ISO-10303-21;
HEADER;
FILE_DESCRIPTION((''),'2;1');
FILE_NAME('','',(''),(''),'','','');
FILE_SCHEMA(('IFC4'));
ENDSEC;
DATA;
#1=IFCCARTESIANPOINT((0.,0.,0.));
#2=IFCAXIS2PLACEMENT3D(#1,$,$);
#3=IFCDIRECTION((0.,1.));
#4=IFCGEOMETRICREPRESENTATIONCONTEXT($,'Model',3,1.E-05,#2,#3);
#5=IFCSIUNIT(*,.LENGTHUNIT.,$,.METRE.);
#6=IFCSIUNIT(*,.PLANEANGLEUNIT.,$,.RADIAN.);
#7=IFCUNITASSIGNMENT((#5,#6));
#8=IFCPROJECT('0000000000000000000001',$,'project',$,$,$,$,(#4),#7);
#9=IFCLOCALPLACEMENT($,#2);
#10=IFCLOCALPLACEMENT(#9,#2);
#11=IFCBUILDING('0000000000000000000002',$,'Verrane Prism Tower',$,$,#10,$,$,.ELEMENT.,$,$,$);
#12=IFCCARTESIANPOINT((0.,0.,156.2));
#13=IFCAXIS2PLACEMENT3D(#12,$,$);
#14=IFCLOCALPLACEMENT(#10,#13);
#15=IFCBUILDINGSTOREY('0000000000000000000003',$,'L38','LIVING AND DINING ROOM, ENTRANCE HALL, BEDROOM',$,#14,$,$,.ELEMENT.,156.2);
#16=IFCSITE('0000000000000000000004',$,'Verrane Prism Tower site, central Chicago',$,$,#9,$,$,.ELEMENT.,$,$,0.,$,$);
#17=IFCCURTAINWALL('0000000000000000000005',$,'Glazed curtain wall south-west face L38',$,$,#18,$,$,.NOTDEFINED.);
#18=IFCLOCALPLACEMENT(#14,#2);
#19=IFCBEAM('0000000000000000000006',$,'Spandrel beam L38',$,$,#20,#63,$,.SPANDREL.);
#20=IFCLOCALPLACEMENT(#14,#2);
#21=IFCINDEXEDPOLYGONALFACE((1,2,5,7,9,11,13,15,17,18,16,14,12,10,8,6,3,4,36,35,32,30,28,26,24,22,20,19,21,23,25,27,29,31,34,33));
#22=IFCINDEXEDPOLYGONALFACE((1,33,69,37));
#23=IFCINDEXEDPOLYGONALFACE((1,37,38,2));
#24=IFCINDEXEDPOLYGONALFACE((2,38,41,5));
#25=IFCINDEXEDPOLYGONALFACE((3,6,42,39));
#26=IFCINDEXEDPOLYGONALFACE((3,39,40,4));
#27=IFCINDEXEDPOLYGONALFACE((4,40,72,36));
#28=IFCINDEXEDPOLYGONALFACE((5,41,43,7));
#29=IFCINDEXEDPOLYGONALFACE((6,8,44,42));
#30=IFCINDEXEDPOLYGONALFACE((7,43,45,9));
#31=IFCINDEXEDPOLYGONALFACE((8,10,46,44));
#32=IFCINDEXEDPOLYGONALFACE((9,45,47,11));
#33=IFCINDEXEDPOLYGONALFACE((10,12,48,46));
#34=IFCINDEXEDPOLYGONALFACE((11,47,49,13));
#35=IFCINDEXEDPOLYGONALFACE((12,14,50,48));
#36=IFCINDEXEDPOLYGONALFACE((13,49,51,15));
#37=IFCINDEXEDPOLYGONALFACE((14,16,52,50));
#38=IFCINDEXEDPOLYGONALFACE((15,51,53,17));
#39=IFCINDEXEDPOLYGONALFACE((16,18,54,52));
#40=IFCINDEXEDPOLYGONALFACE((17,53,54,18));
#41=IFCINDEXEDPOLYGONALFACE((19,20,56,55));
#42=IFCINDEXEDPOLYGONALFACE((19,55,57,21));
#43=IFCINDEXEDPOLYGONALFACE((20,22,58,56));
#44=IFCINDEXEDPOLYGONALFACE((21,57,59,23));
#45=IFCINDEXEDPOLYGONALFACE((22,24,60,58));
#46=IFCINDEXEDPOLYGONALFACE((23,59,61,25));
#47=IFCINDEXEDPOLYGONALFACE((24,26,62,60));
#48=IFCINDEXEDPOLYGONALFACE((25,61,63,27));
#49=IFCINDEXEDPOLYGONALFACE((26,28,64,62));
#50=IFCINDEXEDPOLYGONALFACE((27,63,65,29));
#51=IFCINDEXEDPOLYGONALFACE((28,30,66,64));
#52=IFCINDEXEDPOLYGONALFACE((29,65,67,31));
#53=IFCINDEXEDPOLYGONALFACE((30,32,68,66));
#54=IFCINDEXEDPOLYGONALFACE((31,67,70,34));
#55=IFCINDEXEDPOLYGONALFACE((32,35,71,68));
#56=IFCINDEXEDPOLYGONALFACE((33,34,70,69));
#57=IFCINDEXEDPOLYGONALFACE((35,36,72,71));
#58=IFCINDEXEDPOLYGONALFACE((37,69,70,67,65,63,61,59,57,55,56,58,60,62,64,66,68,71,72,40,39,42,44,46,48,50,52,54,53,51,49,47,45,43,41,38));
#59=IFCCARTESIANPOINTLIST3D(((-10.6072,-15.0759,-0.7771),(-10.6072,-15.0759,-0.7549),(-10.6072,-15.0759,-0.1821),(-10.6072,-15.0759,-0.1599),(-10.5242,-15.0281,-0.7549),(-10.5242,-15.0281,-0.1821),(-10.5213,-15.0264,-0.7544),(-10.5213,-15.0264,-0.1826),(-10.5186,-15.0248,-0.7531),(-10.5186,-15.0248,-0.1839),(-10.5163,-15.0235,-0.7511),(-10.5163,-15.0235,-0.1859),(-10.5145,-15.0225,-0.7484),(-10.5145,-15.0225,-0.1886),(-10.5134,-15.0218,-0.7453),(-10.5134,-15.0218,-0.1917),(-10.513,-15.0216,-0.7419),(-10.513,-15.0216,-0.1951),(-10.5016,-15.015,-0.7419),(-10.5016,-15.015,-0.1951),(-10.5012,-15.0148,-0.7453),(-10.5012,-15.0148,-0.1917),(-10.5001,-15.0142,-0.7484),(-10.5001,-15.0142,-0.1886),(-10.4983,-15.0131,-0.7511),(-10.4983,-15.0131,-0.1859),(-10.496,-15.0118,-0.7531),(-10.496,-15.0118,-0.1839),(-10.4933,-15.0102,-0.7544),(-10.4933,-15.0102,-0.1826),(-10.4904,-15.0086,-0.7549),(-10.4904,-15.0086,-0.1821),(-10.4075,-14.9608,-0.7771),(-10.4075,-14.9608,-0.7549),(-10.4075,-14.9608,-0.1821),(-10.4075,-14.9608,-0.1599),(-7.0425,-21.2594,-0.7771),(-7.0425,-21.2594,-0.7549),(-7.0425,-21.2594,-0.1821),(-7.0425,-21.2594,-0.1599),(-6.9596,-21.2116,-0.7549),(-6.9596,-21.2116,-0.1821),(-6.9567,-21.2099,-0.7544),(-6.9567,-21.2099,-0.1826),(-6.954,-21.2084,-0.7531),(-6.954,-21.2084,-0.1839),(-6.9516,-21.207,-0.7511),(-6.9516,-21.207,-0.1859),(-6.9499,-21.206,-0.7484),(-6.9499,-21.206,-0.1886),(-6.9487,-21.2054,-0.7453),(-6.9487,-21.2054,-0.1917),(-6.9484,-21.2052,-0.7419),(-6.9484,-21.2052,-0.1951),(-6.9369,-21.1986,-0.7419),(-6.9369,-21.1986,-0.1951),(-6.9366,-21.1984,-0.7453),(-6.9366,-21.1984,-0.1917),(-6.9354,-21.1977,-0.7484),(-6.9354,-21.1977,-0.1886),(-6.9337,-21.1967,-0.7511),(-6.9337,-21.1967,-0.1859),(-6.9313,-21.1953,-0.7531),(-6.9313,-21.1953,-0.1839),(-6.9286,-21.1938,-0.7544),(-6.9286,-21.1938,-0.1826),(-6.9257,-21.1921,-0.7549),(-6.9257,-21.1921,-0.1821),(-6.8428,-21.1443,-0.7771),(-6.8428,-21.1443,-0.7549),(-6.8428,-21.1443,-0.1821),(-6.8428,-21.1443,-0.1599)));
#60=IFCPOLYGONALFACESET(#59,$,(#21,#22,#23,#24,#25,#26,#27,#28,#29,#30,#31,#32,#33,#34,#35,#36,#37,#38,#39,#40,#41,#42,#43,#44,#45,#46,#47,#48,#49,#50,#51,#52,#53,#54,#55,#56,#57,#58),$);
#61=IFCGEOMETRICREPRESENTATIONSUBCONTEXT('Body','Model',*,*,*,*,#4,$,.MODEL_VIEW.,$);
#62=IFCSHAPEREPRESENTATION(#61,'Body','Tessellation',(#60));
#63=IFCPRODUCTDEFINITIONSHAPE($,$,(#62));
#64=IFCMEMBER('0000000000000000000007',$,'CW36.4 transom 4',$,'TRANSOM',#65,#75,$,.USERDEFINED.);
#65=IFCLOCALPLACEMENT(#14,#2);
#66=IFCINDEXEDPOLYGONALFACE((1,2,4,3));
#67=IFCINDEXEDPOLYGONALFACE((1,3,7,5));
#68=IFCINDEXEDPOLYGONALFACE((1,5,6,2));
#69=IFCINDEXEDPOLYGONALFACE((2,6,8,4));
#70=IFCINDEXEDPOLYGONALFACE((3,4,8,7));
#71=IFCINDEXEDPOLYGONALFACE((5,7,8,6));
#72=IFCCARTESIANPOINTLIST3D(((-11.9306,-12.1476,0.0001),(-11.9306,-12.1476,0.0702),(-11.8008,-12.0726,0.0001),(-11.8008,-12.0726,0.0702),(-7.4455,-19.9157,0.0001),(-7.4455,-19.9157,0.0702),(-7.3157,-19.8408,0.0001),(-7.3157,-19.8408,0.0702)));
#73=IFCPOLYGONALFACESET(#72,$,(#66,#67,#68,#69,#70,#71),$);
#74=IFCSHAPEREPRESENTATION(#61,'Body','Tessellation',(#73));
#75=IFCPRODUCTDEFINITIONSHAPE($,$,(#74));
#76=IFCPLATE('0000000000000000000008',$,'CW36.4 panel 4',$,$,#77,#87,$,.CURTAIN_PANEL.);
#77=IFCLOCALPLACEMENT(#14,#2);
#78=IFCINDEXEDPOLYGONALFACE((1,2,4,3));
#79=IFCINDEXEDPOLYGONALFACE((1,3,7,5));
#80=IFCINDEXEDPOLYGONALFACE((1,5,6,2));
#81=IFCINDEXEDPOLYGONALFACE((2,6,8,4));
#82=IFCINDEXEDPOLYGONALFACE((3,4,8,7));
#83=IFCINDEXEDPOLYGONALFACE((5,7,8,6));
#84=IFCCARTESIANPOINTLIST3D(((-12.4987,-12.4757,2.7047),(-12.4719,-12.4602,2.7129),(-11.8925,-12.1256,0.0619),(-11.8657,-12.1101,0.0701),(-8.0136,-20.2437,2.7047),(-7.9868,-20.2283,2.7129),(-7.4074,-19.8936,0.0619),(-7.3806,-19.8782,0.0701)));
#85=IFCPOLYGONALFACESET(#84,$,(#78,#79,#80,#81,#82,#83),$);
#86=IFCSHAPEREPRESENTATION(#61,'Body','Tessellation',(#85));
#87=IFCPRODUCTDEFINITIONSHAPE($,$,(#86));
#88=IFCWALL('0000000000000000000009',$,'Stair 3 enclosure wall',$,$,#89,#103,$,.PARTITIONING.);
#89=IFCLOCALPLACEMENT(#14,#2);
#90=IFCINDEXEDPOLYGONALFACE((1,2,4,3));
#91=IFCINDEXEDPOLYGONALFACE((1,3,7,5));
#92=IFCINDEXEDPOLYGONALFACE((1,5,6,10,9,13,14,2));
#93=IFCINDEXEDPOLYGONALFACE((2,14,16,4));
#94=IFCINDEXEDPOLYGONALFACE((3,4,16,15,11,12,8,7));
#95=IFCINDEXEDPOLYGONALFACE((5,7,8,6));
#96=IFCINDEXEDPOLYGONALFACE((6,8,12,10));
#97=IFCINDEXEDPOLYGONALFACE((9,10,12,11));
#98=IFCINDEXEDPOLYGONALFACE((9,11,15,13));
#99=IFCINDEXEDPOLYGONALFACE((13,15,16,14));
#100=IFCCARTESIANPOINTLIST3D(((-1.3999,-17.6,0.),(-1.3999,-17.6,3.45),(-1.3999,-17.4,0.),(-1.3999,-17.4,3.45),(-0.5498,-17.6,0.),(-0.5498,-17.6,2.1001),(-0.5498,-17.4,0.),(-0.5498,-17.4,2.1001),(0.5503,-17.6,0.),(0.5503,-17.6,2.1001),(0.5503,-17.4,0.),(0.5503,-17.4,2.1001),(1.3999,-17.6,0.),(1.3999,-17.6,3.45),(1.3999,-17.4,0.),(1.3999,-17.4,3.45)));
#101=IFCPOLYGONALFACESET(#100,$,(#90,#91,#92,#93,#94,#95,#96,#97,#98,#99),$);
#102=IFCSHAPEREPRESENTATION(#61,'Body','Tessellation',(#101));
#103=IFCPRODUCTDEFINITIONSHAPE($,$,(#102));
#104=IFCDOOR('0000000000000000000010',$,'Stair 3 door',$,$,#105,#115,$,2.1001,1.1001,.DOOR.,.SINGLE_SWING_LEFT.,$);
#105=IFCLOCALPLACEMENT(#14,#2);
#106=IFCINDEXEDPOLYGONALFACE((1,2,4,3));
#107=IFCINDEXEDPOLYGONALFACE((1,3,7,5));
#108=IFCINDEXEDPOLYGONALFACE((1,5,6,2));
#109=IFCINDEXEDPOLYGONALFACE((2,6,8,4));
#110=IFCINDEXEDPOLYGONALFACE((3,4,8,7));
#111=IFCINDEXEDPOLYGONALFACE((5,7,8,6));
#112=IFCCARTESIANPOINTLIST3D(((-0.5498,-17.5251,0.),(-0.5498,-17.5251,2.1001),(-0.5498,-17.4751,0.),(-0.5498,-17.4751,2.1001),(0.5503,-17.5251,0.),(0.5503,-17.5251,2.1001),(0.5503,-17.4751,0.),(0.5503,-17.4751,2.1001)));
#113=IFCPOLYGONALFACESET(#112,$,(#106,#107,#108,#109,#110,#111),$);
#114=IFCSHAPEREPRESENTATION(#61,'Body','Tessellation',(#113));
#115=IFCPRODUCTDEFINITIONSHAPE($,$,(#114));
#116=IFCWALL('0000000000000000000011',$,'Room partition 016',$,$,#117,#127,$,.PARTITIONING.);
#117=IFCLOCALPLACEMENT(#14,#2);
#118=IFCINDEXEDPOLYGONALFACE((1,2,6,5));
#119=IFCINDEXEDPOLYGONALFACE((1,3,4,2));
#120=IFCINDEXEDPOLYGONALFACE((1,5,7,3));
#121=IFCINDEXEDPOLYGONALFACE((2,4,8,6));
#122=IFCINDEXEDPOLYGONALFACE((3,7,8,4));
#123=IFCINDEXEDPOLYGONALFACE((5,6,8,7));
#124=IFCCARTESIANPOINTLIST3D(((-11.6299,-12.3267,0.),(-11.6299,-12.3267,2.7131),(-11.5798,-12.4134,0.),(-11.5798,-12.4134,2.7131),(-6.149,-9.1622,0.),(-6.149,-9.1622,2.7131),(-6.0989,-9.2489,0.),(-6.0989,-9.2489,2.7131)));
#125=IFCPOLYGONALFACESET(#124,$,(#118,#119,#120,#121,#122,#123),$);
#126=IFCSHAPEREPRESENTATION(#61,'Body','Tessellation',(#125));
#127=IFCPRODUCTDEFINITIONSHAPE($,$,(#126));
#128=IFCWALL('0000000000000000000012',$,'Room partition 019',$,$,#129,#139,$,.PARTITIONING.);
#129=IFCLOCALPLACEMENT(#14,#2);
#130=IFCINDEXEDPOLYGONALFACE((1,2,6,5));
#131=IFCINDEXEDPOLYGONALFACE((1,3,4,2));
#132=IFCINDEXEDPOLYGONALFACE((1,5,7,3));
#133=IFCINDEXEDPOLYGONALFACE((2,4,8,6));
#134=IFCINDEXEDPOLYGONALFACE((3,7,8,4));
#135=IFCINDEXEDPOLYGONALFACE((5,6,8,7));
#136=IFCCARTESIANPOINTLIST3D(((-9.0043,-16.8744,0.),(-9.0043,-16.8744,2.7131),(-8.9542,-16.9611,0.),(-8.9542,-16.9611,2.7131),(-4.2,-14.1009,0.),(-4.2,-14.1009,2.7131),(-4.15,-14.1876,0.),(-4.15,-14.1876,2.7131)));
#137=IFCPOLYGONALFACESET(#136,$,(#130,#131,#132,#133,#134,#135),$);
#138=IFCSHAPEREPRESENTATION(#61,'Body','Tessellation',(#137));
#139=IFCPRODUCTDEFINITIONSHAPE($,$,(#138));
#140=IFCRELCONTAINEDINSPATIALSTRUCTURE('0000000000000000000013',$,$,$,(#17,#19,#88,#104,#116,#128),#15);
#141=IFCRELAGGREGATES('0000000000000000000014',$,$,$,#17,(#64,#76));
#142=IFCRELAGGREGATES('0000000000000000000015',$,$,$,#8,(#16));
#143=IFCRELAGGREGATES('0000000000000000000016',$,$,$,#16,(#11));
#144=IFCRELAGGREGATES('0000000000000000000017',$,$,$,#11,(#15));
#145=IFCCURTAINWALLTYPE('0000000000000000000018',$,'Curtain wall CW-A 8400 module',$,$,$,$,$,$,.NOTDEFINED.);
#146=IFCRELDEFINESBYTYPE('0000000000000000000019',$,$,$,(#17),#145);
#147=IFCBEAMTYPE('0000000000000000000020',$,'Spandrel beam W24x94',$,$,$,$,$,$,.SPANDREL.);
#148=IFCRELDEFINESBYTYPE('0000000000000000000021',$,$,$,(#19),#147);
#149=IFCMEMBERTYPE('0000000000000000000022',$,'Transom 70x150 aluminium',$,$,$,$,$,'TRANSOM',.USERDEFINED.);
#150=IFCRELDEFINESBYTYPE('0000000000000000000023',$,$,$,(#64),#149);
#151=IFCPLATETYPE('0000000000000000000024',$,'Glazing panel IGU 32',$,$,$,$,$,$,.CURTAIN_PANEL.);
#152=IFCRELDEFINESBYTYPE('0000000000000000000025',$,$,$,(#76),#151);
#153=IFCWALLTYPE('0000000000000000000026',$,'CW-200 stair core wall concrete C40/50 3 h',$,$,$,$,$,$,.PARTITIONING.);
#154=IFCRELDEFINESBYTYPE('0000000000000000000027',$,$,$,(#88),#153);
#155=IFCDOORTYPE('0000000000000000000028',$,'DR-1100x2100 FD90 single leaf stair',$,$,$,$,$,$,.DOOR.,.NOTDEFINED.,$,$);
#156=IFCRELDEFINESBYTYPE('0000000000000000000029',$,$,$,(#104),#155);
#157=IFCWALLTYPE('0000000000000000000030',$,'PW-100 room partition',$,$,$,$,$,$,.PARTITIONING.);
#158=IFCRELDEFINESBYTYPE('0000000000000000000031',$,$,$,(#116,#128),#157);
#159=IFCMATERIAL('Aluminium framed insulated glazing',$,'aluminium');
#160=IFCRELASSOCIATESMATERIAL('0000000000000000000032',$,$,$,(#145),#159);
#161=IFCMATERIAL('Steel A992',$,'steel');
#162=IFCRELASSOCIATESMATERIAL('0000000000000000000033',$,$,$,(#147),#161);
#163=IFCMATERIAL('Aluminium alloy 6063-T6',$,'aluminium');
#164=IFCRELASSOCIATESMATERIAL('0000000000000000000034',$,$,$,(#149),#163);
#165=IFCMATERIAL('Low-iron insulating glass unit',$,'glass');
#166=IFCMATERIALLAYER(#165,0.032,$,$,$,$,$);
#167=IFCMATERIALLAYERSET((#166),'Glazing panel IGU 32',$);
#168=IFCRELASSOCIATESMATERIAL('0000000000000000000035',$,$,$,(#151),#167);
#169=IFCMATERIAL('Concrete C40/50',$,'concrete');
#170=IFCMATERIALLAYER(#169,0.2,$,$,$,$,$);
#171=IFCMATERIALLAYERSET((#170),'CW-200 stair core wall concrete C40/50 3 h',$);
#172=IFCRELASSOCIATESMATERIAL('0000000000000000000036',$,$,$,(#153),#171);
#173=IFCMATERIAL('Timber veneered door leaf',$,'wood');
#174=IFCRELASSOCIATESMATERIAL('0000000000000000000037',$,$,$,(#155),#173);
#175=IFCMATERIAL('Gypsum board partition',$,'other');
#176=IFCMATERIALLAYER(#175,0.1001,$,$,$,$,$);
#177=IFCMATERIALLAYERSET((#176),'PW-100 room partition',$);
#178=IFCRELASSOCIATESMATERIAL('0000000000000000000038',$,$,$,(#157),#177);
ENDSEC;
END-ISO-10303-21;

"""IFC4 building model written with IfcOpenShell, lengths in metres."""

from ifc_helpers import new_model, si_unit, direction, frame, frame_2d, origin, origin_2d, place, context, subcontext, project, spatial, polyline, rectangle, i_section, outline, extrude, material, layer, layer_set, material_profile, profile_set, type_object, element, fill, aggregate, save


model = new_model("IFC4")

# Units and contexts
model_context = context("Model", 3, precision=1e-05, world=origin(), true_north=direction((0.0, 1.0)))
body_context = subcontext(model_context, "Body", "Model", "MODEL_VIEW")
ifc_project = project(units=[si_unit("LENGTHUNIT", "METRE"), si_unit("PLANEANGLEUNIT", "RADIAN")], contexts=[model_context])

# Site, building, storey
site_placement = place(None, origin())
site = spatial("IfcSite", under=ifc_project, at=site_placement, Name="Verrane Prism Tower site, central Chicago", CompositionType="ELEMENT", RefElevation=0.0)
building_placement = place(site_placement, origin())
building = spatial("IfcBuilding", under=site, at=building_placement, Name="Verrane Prism Tower", CompositionType="ELEMENT")
storey_placement = place(building_placement, frame((0.0, 0.0, 156.2)))
storey = spatial("IfcBuildingStorey", under=building, at=storey_placement, Name="L38", Description="LIVING AND DINING ROOM, ENTRANCE HALL, BEDROOM", CompositionType="ELEMENT", Elevation=156.2)

# Curtain wall
ifc_material_1 = material(Name="Aluminium framed insulated glazing", Category="aluminium")
curtain_wall_type = type_object("IfcCurtainWallType", Name="Curtain wall CW-A 8400 module", PredefinedType="NOTDEFINED", material=ifc_material_1)
curtain_wall_placement = place(storey_placement, origin())
curtain_wall = element("IfcCurtainWall", 1, at=curtain_wall_placement, inside=storey, type_object=curtain_wall_type, Name="Glazed curtain wall south-west face L38", PredefinedType="NOTDEFINED")

# Beam
ifc_material_2 = material(Name="Steel A992", Category="steel")
ifc_material_profile_1 = material_profile(ifc_material_2, i_section(OverallWidth=0.2305, OverallDepth=0.6172, WebThickness=0.0132, FlangeThickness=0.0222, FilletRadius=0.0129, at=origin_2d()), Name="W24x94")
ifc_profile_set_1 = profile_set([ifc_material_profile_1], Name="Steel A992")
beam_type_1 = type_object("IfcBeamType", Name="Spandrel beam W24x94", PredefinedType="SPANDREL", material=ifc_profile_set_1)
for number, where, z_axis, x_axis, name in (
    (2, (-10.5073, -15.0183, -0.4685), (0.499432, -0.866353, 0.0), (0.866353, 0.499432, 0.0), "Spandrel beam L38"),
):
    element("IfcBeam", number, at=place(storey_placement, frame(where, z_axis=z_axis, x_axis=x_axis)), inside=storey, type_object=beam_type_1, Name=name, PredefinedType="SPANDREL", context=body_context, shape_type="SweptSolid", body=[
        extrude(i_section(OverallWidth=0.2305, OverallDepth=0.6172, WebThickness=0.0132, FlangeThickness=0.0222, FilletRadius=0.0129, at=origin_2d()), origin(), (0.0, 0.0, 1.0), 7.1375),
    ])

# Member
ifc_material_3 = material(Name="Aluminium alloy 6063-T6", Category="aluminium")
ifc_material_profile_2 = material_profile(ifc_material_3, rectangle(XDim=0.1499, YDim=0.0701, at=origin_2d()), Name="Transom 70x150 aluminium")
ifc_profile_set_2 = profile_set([ifc_material_profile_2], Name="Aluminium alloy 6063-T6")
member_type_1 = type_object("IfcMemberType", Name="Transom 70x150 aluminium", ElementType="TRANSOM", PredefinedType="USERDEFINED", material=ifc_profile_set_2)
member_1_placement = place(storey_placement, frame((-11.8657, -12.1101, 0.0352), z_axis=(0.500018, -0.866015, 0.0), x_axis=(0.866015, 0.500018, 0.0)))
member_1 = element("IfcMember", 3, at=member_1_placement, type_object=member_type_1, Name="CW36.4 transom 4", ObjectType="TRANSOM", PredefinedType="USERDEFINED", context=body_context, shape_type="SweptSolid", body=[
    extrude(rectangle(XDim=0.1499, YDim=0.0701, at=origin_2d()), origin(), (0.0, 0.0, 1.0), 8.97),
])

# Plate
ifc_material_4 = material(Name="Low-iron insulating glass unit", Category="glass")
ifc_layer_1 = layer(ifc_material_4, 0.032)
ifc_layer_set_1 = layer_set([ifc_layer_1], Name="Glazing panel IGU 32")
plate_type = type_object("IfcPlateType", Name="Glazing panel IGU 32", PredefinedType="CURTAIN_PANEL", material=ifc_layer_set_1)
plate_placement = place(storey_placement, frame((-11.8657, -12.1101, 0.0701), z_axis=(0.837145, 0.483349, 0.256051), x_axis=(0.500018, -0.866015, 0.0)))
plate = element("IfcPlate", 4, at=plate_placement, type_object=plate_type, Name="CW36.4 panel 4", PredefinedType="CURTAIN_PANEL", context=body_context, shape_type="SweptSolid", body=[
    extrude(outline(polyline([(0.0, 0.0), (8.9699, 0.0), (8.97, -2.734), (0.0001, -2.734), (0.0, 0.0)])), origin(), (0.0, 0.0, -1.0), 0.032),
])
aggregate(curtain_wall, [member_1, plate])

# Wall, opening, door
ifc_material_5 = material(Name="Concrete C40/50", Category="concrete")
ifc_layer_2 = layer(ifc_material_5, 0.2)
ifc_layer_set_2 = layer_set([ifc_layer_2], Name="CW-200 stair core wall concrete C40/50 3 h")
wall_type_1 = type_object("IfcWallType", Name="CW-200 stair core wall concrete C40/50 3 h", PredefinedType="PARTITIONING", material=ifc_layer_set_2)
wall_1_placement = place(storey_placement, frame((-1.3999, -17.5, 0.0), z_axis=(0.0, 0.0, 1.0), x_axis=(1.0, 0.0, 0.0)))
wall_1 = element("IfcWall", 5, at=wall_1_placement, inside=storey, type_object=wall_type_1, Name="Stair 3 enclosure wall", PredefinedType="PARTITIONING", context=body_context, shape_type="SweptSolid", body=[
    extrude(rectangle(XDim=2.7998, YDim=0.2, at=frame_2d((1.3999, 0.0))), origin(), (0.0, 0.0, 1.0), 3.45),
])
opening_1_placement = place(wall_1_placement, frame((0.8501, 0.0, 0.0)))
opening_1 = element("IfcOpeningElement", 6, at=opening_1_placement, cuts=wall_1, PredefinedType="OPENING", context=body_context, shape_type="SweptSolid", body=[
    extrude(rectangle(XDim=1.1001, YDim=2.1001, at=frame_2d((0.55, 1.05))), frame((0.0, 0.1099, 0.0), z_axis=(0.0, -1.0, 0.0), x_axis=(1.0, 0.0, 0.0)), (0.0, 0.0, 1.0), 0.22),
])
ifc_material_6 = material(Name="Timber veneered door leaf", Category="wood")
door_type_1 = type_object("IfcDoorType", Name="DR-1100x2100 FD90 single leaf stair", OperationType="NOTDEFINED", PredefinedType="DOOR", material=ifc_material_6)
door_1_placement = place(opening_1_placement, origin())
door_1 = element("IfcDoor", 7, at=door_1_placement, inside=storey, type_object=door_type_1, Name="Stair 3 door", OperationType="SINGLE_SWING_LEFT", OverallHeight=2.1001, OverallWidth=1.1001, PredefinedType="DOOR", context=body_context, shape_type="SweptSolid", body=[
    extrude(rectangle(XDim=1.1001, YDim=2.1001, at=frame_2d((0.55, 1.05))), frame((0.0, 0.0249, 0.0), z_axis=(0.0, -1.0, 0.0), x_axis=(1.0, 0.0, 0.0)), (0.0, 0.0, 1.0), 0.05),
])
fill(opening_1, door_1)

# Walls
ifc_material_7 = material(Name="Gypsum board partition", Category="other")
ifc_layer_3 = layer(ifc_material_7, 0.1001)
ifc_layer_set_3 = layer_set([ifc_layer_3], Name="PW-100 room partition")
wall_type_2 = type_object("IfcWallType", Name="PW-100 room partition", PredefinedType="PARTITIONING", material=ifc_layer_set_3)
wall_2_placement = place(storey_placement, frame((-11.605, -12.3701, 0.0), z_axis=(0.0, 0.0, 1.0), x_axis=(0.866017, 0.500014, 0.0)))
element("IfcWall", 8, at=wall_2_placement, inside=storey, type_object=wall_type_2, Name="Room partition 016", PredefinedType="PARTITIONING", context=body_context, shape_type="SweptSolid", body=[
    extrude(rectangle(XDim=6.3289, YDim=0.1001, at=frame_2d((3.1646, 0.0))), origin(), (0.0, 0.0, 1.0), 2.7131),
])
wall_3_placement = place(storey_placement, frame((-8.9792, -16.9177, 0.0), z_axis=(0.0, 0.0, 1.0), x_axis=(0.866046, 0.499964, 0.0)))
element("IfcWall", 9, at=wall_3_placement, inside=storey, type_object=wall_type_2, Name="Room partition 019", PredefinedType="PARTITIONING", context=body_context, shape_type="SweptSolid", body=[
    extrude(rectangle(XDim=5.5474, YDim=0.1001, at=frame_2d((2.7737, 0.0))), origin(), (0.0, 0.0, 1.0), 2.7131),
])

save(model, "model.ifc")
